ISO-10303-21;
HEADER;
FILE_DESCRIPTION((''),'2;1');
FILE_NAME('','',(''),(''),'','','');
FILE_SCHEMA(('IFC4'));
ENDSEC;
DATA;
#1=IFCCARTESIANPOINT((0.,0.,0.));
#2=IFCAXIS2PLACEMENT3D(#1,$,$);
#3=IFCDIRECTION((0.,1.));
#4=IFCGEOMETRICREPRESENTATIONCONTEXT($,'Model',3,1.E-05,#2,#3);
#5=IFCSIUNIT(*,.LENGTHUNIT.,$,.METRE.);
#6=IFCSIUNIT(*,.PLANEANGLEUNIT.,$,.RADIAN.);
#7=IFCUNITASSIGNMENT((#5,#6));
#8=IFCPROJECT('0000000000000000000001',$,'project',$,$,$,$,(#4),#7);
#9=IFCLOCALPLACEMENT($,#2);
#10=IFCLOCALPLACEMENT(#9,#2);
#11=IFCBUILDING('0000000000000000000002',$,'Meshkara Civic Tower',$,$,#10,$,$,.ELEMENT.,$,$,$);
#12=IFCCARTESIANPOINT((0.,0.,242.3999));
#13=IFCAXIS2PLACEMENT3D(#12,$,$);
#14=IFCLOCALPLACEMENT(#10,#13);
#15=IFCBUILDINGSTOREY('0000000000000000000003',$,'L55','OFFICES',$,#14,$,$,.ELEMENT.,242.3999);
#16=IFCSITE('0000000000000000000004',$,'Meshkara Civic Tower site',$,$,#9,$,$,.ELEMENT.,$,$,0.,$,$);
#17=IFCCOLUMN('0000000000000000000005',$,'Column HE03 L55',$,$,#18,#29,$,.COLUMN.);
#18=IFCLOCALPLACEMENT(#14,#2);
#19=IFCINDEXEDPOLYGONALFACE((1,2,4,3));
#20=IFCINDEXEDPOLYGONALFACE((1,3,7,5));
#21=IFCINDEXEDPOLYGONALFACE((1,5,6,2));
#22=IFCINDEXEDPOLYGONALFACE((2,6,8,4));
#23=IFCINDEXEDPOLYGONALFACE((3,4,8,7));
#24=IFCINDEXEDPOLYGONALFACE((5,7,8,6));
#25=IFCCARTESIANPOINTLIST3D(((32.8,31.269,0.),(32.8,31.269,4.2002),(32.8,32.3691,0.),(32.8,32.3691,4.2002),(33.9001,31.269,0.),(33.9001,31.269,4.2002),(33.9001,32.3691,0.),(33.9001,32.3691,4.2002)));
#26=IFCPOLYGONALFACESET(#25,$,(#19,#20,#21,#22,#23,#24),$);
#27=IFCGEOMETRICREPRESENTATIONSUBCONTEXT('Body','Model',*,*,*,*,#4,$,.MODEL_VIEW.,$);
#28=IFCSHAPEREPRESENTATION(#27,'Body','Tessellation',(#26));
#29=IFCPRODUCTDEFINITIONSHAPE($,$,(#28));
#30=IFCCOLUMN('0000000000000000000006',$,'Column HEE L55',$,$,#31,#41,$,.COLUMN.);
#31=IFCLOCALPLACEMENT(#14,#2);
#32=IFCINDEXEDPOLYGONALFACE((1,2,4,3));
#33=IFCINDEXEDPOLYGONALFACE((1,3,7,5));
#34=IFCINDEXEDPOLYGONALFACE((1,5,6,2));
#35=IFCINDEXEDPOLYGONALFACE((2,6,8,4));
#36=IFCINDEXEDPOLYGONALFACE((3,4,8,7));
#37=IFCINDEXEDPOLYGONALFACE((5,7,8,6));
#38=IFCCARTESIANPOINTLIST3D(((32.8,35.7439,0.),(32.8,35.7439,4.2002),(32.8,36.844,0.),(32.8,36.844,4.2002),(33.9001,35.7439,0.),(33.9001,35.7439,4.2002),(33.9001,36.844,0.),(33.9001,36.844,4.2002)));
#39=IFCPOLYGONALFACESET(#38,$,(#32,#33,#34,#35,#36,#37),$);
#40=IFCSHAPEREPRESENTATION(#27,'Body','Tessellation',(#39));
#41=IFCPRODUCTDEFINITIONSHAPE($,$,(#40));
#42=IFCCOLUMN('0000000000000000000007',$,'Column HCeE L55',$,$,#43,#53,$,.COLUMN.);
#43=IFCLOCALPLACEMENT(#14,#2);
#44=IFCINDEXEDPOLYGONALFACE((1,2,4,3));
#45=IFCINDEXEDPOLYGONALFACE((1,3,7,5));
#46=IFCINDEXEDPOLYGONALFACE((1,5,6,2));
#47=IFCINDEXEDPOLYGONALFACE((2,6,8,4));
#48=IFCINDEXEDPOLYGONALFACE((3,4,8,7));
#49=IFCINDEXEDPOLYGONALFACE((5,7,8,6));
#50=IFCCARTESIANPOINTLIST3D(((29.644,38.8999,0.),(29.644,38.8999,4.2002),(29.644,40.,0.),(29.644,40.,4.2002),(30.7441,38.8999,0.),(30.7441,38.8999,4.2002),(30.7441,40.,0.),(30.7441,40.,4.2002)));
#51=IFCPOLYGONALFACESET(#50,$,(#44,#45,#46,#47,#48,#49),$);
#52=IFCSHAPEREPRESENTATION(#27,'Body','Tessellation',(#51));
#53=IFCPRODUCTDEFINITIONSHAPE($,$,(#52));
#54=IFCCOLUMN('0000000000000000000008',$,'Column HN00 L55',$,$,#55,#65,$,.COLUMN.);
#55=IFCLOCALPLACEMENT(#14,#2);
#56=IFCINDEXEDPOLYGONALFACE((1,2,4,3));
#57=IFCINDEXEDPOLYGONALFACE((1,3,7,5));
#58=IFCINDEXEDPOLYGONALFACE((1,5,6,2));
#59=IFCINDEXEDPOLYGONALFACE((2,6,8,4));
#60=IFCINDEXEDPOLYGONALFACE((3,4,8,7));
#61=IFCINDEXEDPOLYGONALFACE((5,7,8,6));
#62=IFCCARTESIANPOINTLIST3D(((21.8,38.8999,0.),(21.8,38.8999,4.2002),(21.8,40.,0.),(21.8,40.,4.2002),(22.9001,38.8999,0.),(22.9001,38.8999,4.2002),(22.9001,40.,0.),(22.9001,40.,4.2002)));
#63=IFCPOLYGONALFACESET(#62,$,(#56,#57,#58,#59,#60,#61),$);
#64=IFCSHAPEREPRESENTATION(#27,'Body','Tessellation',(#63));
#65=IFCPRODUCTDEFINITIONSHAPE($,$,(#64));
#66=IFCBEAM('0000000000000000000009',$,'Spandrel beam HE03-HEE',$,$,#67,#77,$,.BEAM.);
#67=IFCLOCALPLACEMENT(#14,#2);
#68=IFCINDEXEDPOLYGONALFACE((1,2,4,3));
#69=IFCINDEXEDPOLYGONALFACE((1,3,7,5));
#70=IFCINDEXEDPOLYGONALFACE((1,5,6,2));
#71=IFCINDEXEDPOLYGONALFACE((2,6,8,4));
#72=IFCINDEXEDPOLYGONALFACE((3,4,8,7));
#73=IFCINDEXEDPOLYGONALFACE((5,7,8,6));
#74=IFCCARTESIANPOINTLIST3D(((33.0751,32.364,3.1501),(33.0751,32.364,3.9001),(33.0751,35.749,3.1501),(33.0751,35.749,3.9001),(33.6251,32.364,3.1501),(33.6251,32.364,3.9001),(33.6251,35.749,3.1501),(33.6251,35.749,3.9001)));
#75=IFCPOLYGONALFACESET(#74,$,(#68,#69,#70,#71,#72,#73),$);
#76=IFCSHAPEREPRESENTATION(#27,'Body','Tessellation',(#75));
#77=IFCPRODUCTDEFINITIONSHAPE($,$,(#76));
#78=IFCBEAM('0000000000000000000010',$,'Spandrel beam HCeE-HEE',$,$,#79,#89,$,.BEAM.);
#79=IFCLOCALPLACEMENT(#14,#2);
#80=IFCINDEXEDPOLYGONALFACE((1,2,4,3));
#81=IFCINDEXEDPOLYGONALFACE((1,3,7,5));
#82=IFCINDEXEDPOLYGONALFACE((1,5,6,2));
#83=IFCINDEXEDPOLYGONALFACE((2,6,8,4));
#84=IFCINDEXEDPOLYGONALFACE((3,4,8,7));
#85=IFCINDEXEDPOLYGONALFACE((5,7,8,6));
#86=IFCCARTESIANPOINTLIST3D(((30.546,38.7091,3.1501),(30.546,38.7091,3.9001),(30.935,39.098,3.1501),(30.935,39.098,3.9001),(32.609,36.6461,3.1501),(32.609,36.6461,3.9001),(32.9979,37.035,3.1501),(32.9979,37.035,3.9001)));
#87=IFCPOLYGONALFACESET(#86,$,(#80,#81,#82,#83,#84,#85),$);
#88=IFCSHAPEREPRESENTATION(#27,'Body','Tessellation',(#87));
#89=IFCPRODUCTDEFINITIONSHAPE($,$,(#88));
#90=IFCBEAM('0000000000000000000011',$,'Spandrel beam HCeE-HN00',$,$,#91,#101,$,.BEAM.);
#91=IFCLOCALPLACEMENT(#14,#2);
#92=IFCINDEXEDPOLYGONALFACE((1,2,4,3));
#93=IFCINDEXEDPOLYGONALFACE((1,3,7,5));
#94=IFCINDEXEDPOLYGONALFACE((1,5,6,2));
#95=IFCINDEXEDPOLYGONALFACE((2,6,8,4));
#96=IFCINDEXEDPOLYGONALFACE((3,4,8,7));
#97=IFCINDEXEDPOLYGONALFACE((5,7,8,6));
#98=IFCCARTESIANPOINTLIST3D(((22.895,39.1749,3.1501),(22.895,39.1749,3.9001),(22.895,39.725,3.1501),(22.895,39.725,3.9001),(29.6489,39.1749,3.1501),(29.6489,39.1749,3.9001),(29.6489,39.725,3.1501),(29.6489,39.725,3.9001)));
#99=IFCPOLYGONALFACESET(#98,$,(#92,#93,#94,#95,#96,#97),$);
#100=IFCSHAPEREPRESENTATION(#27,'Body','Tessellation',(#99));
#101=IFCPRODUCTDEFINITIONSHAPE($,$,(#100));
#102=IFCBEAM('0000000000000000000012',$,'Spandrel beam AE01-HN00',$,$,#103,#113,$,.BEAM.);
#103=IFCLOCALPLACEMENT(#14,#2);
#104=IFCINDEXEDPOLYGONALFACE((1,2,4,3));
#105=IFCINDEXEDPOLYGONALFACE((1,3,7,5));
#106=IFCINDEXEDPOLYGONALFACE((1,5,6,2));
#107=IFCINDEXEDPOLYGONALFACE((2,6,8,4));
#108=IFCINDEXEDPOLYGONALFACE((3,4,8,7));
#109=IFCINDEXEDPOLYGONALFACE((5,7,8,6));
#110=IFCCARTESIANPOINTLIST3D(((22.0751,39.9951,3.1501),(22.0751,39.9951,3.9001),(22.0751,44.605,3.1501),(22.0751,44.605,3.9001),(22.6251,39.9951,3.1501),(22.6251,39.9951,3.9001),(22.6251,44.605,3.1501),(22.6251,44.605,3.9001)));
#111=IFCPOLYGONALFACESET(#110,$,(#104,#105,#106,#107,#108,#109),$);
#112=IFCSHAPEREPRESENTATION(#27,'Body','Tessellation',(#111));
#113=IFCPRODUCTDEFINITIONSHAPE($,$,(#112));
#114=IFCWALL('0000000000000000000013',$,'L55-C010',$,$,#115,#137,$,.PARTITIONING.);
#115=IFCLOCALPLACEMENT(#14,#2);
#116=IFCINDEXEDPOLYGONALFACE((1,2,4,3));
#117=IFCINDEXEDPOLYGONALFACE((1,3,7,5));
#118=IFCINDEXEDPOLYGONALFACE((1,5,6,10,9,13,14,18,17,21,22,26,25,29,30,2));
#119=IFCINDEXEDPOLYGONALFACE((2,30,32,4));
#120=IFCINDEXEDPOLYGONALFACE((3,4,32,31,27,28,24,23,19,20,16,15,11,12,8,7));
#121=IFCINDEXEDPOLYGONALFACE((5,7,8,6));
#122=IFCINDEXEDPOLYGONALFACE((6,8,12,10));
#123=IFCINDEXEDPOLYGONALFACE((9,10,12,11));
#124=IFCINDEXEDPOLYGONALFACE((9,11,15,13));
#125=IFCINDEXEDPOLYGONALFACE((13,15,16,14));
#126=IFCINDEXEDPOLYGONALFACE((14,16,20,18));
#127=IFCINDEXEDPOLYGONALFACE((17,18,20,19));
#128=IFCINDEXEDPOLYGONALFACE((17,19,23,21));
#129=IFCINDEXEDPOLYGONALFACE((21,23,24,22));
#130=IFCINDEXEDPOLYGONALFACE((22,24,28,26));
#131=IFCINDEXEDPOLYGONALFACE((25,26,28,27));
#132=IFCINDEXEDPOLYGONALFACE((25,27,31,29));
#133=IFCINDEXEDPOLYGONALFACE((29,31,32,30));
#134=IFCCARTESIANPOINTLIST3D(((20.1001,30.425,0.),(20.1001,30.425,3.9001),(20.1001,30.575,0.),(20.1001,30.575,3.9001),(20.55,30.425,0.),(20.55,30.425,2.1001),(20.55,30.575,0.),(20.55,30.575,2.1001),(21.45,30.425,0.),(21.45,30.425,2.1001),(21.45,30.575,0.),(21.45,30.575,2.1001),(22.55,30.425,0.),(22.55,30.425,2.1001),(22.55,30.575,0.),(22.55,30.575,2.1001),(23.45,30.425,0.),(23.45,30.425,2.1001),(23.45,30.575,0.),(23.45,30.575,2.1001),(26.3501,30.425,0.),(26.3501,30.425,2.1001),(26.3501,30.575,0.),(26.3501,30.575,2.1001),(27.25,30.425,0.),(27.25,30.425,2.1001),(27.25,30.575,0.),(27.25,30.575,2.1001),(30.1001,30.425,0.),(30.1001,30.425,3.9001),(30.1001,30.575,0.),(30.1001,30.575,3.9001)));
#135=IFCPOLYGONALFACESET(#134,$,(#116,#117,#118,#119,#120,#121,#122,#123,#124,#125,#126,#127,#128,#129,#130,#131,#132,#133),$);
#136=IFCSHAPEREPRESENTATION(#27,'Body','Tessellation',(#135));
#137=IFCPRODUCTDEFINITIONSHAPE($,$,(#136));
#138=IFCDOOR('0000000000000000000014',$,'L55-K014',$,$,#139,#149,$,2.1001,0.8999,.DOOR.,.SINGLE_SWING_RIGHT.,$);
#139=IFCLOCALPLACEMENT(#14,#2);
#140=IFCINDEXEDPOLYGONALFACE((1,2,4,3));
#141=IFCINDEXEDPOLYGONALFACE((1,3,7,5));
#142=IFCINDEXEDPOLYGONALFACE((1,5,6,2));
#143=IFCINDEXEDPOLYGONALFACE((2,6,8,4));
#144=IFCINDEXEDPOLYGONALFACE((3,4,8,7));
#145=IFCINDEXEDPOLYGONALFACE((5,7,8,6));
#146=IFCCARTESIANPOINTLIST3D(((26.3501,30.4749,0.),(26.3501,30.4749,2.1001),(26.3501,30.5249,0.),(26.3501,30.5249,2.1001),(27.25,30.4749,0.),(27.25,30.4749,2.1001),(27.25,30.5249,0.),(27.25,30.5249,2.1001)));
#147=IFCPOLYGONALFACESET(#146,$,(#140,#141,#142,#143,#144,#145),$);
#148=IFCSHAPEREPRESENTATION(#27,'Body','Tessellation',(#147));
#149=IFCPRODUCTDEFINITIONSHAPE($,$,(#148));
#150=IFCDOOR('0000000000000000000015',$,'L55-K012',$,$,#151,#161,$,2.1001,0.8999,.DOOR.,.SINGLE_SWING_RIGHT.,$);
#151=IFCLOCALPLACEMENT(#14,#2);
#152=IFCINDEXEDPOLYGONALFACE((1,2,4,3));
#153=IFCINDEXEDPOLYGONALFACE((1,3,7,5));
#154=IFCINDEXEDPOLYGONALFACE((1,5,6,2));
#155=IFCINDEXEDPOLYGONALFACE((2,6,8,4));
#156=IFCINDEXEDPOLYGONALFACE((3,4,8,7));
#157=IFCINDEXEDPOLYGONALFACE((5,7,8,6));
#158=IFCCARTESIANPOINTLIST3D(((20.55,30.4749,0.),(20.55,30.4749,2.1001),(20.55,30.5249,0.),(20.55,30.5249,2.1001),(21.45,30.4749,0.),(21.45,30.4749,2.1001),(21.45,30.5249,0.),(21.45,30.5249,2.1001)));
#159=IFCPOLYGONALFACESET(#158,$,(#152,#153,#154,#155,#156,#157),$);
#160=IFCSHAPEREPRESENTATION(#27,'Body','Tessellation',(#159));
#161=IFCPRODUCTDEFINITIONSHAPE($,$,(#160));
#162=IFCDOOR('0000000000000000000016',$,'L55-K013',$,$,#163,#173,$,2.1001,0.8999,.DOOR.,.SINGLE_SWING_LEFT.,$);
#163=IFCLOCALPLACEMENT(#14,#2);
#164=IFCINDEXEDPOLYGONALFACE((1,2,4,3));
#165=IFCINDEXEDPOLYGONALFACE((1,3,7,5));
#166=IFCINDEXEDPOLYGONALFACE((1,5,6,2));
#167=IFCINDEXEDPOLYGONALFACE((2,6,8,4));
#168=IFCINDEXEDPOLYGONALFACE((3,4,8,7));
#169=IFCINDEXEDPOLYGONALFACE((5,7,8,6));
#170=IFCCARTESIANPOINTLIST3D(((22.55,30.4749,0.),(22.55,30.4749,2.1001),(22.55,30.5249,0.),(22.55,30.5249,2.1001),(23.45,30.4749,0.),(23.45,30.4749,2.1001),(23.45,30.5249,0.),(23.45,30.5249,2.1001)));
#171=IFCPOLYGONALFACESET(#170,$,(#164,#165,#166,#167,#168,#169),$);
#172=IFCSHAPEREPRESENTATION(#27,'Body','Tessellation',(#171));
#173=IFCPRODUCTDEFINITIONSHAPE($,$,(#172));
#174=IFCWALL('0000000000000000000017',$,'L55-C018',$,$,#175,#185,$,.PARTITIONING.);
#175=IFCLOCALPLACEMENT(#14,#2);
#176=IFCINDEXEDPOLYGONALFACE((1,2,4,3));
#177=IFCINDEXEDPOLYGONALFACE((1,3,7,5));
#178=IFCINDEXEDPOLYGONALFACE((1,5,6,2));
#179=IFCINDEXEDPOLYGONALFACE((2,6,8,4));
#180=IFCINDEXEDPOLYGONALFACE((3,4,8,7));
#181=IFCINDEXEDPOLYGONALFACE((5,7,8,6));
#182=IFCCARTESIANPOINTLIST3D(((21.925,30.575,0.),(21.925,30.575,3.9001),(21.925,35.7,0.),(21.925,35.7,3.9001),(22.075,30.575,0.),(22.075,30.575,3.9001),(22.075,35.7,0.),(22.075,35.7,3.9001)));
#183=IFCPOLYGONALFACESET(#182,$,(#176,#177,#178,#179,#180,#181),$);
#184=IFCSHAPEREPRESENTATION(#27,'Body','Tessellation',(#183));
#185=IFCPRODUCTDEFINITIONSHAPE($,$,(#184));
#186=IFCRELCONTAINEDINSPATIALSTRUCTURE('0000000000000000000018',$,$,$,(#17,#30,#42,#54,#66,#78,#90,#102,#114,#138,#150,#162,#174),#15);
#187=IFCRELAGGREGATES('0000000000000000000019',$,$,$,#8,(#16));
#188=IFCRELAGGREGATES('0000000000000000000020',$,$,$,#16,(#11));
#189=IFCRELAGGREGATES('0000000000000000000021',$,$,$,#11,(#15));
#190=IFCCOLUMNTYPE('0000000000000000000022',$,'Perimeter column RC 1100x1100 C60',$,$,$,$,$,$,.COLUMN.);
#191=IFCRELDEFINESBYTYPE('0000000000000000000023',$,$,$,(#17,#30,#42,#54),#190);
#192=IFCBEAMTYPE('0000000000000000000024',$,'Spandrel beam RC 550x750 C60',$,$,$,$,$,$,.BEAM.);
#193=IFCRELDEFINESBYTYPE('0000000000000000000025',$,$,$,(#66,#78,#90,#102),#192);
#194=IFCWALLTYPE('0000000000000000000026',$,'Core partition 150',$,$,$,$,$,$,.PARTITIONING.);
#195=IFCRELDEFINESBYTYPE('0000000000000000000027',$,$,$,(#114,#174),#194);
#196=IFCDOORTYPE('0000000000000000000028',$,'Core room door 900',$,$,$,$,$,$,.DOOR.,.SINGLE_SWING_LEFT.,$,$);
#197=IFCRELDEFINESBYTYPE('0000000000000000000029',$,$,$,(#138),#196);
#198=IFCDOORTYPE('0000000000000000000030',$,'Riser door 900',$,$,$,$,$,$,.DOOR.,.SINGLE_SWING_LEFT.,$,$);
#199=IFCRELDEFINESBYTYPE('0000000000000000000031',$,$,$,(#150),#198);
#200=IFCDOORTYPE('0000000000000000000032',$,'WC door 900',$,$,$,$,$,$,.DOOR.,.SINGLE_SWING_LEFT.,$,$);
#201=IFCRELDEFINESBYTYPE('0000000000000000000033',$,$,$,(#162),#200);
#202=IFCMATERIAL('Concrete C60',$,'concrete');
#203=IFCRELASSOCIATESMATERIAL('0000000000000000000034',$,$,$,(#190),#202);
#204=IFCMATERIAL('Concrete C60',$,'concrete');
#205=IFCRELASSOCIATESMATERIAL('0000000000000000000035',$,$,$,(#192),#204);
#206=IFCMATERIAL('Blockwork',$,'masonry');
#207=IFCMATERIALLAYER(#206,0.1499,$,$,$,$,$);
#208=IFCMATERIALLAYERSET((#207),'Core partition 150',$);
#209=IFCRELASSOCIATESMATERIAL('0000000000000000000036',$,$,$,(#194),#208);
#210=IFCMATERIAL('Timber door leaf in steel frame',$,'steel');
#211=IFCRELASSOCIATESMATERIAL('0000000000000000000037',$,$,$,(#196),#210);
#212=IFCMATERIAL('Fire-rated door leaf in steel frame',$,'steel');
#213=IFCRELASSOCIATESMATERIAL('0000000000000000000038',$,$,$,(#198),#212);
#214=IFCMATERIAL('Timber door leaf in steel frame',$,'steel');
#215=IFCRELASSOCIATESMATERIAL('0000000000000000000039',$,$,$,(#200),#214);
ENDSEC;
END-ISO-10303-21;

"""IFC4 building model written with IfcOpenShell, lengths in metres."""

from ifc_helpers import new_model, si_unit, direction, frame, frame_2d, origin, origin_2d, place, context, subcontext, project, spatial, rectangle, extrude, material, layer, layer_set, material_profile, profile_set, type_object, element, fill, save


model = new_model("IFC4")

# Units and contexts
model_context = context("Model", 3, precision=1e-05, world=origin(), true_north=direction((0.0, 1.0)))
body_context = subcontext(model_context, "Body", "Model", "MODEL_VIEW")
ifc_project = project(units=[si_unit("LENGTHUNIT", "METRE"), si_unit("PLANEANGLEUNIT", "RADIAN")], contexts=[model_context])

# Site, building, storey
site_placement = place(None, origin())
site = spatial("IfcSite", under=ifc_project, at=site_placement, Name="Meshkara Civic Tower site", CompositionType="ELEMENT", RefElevation=0.0)
building_placement = place(site_placement, origin())
building = spatial("IfcBuilding", under=site, at=building_placement, Name="Meshkara Civic Tower", CompositionType="ELEMENT")
storey_placement = place(building_placement, frame((0.0, 0.0, 242.3999)))
storey = spatial("IfcBuildingStorey", under=building, at=storey_placement, Name="L55", Description="OFFICES", CompositionType="ELEMENT", Elevation=242.3999)

# Columns
ifc_material_1 = material(Name="Concrete C60", Category="concrete")
ifc_material_profile_1 = material_profile(ifc_material_1, rectangle(XDim=1.1001, YDim=1.1001, at=origin_2d()))
ifc_profile_set_1 = profile_set([ifc_material_profile_1], Name="Concrete C60")
column_type = type_object("IfcColumnType", Name="Perimeter column RC 1100x1100 C60", PredefinedType="COLUMN", material=ifc_profile_set_1)
for number, where, z_axis, x_axis, name in (
    (1, (33.3501, 31.8191, 0.0), (0.0, 0.0, 1.0), (1.0, 0.0, 0.0), "Column HE03 L55"),
    (2, (33.3501, 36.2939, 0.0), (0.0, 0.0, 1.0), (1.0, 0.0, 0.0), "Column HEE L55"),
    (3, (30.1941, 39.45, 0.0), (0.0, 0.0, 1.0), (1.0, 0.0, 0.0), "Column HCeE L55"),
    (4, (22.3501, 39.45, 0.0), (0.0, 0.0, 1.0), (1.0, 0.0, 0.0), "Column HN00 L55"),
):
    element("IfcColumn", number, at=place(storey_placement, frame(where, z_axis=z_axis, x_axis=x_axis)), inside=storey, type_object=column_type, Name=name, PredefinedType="COLUMN", context=body_context, shape_type="SweptSolid", body=[
        extrude(rectangle(XDim=1.1001, YDim=1.1001, at=origin_2d()), origin(), (0.0, 0.0, 1.0), 4.2002),
    ])

# Beams
ifc_material_2 = material(Name="Concrete C60", Category="concrete")
ifc_material_profile_2 = material_profile(ifc_material_2, rectangle(XDim=0.55, YDim=0.75, at=origin_2d()))
ifc_profile_set_2 = profile_set([ifc_material_profile_2], Name="Concrete C60")
beam_type = type_object("IfcBeamType", Name="Spandrel beam RC 550x750 C60", PredefinedType="BEAM", material=ifc_profile_set_2)
beam_1_placement = place(storey_placement, frame((33.3501, 32.364, 3.5251), z_axis=(0.0, 1.0, 0.0), x_axis=(-1.0, 0.0, 0.0)))
element("IfcBeam", 5, at=beam_1_placement, inside=storey, type_object=beam_type, Name="Spandrel beam HE03-HEE", PredefinedType="BEAM", context=body_context, shape_type="SweptSolid", body=[
    extrude(rectangle(XDim=0.55, YDim=0.75, at=origin_2d()), origin(), (0.0, 0.0, 1.0), 3.385),
])
beam_2_placement = place(storey_placement, frame((32.8035, 36.8406, 3.5251), z_axis=(-0.707107, 0.707107, 0.0), x_axis=(-0.707107, -0.707107, 0.0)))
element("IfcBeam", 6, at=beam_2_placement, inside=storey, type_object=beam_type, Name="Spandrel beam HCeE-HEE", PredefinedType="BEAM", context=body_context, shape_type="SweptSolid", body=[
    extrude(rectangle(XDim=0.55, YDim=0.75, at=origin_2d()), origin(), (0.0, 0.0, 1.0), 2.9175),
])
beam_3_placement = place(storey_placement, frame((29.6489, 39.45, 3.5251), z_axis=(-1.0, 0.0, 0.0), x_axis=(0.0, -1.0, 0.0)))
element("IfcBeam", 7, at=beam_3_placement, inside=storey, type_object=beam_type, Name="Spandrel beam HCeE-HN00", PredefinedType="BEAM", context=body_context, shape_type="SweptSolid", body=[
    extrude(rectangle(XDim=0.55, YDim=0.75, at=origin_2d()), origin(), (0.0, 0.0, 1.0), 6.7539),
])
beam_4_placement = place(storey_placement, frame((22.3501, 39.9951, 3.5251), z_axis=(0.0, 1.0, 0.0), x_axis=(-1.0, 0.0, 0.0)))
element("IfcBeam", 8, at=beam_4_placement, inside=storey, type_object=beam_type, Name="Spandrel beam AE01-HN00", PredefinedType="BEAM", context=body_context, shape_type="SweptSolid", body=[
    extrude(rectangle(XDim=0.55, YDim=0.75, at=origin_2d()), origin(), (0.0, 0.0, 1.0), 4.6099),
])

# Wall, openings, doors
ifc_material_3 = material(Name="Blockwork", Category="masonry")
ifc_layer_1 = layer(ifc_material_3, 0.1499)
ifc_layer_set_1 = layer_set([ifc_layer_1], Name="Core partition 150")
wall_type_1 = type_object("IfcWallType", Name="Core partition 150", PredefinedType="PARTITIONING", material=ifc_layer_set_1)
wall_1_placement = place(storey_placement, frame((20.1001, 30.5, 0.0), z_axis=(0.0, 0.0, 1.0), x_axis=(1.0, 0.0, 0.0)))
wall_1 = element("IfcWall", 9, at=wall_1_placement, inside=storey, type_object=wall_type_1, Name="L55-C010", PredefinedType="PARTITIONING", context=body_context, shape_type="SweptSolid", body=[
    extrude(rectangle(XDim=10.0, YDim=0.1499, at=frame_2d((5.0, 0.0))), origin(), (0.0, 0.0, 1.0), 3.9001),
])
opening_1_placement = place(wall_1_placement, frame((0.45, 0.0, 0.0)))
opening_1 = element("IfcOpeningElement", 10, at=opening_1_placement, cuts=wall_1, PredefinedType="OPENING", context=body_context, shape_type="SweptSolid", body=[
    extrude(rectangle(XDim=0.8999, YDim=2.1001, at=frame_2d((0.45, 1.05))), frame((0.0, 0.085, 0.0), z_axis=(0.0, -1.0, 0.0), x_axis=(1.0, 0.0, 0.0)), (0.0, 0.0, 1.0), 0.1699),
])
opening_2_placement = place(wall_1_placement, frame((2.45, 0.0, 0.0)))
opening_2 = element("IfcOpeningElement", 11, at=opening_2_placement, cuts=wall_1, PredefinedType="OPENING", context=body_context, shape_type="SweptSolid", body=[
    extrude(rectangle(XDim=0.8999, YDim=2.1001, at=frame_2d((0.45, 1.05))), frame((0.0, 0.085, 0.0), z_axis=(0.0, -1.0, 0.0), x_axis=(1.0, 0.0, 0.0)), (0.0, 0.0, 1.0), 0.1699),
])
opening_3_placement = place(wall_1_placement, frame((6.25, 0.0, 0.0)))
opening_3 = element("IfcOpeningElement", 12, at=opening_3_placement, cuts=wall_1, PredefinedType="OPENING", context=body_context, shape_type="SweptSolid", body=[
    extrude(rectangle(XDim=0.8999, YDim=2.1001, at=frame_2d((0.45, 1.05))), frame((0.0, 0.085, 0.0), z_axis=(0.0, -1.0, 0.0), x_axis=(1.0, 0.0, 0.0)), (0.0, 0.0, 1.0), 0.1699),
])
ifc_material_4 = material(Name="Timber door leaf in steel frame", Category="steel")
door_type_1 = type_object("IfcDoorType", Name="Core room door 900", OperationType="SINGLE_SWING_LEFT", PredefinedType="DOOR", material=ifc_material_4)
door_1_placement = place(opening_3_placement, origin())
door_1 = element("IfcDoor", 13, at=door_1_placement, inside=storey, type_object=door_type_1, Name="L55-K014", OperationType="SINGLE_SWING_RIGHT", OverallHeight=2.1001, OverallWidth=0.8999, PredefinedType="DOOR", context=body_context, shape_type="SweptSolid", body=[
    extrude(rectangle(XDim=0.8999, YDim=2.1001, at=frame_2d((0.45, 1.05))), frame((0.0, 0.0249, 0.0), z_axis=(0.0, -1.0, 0.0), x_axis=(1.0, 0.0, 0.0)), (0.0, 0.0, 1.0), 0.05),
])
fill(opening_3, door_1)
ifc_material_5 = material(Name="Fire-rated door leaf in steel frame", Category="steel")
door_type_2 = type_object("IfcDoorType", Name="Riser door 900", OperationType="SINGLE_SWING_LEFT", PredefinedType="DOOR", material=ifc_material_5)
door_2_placement = place(opening_1_placement, origin())
door_2 = element("IfcDoor", 14, at=door_2_placement, inside=storey, type_object=door_type_2, Name="L55-K012", OperationType="SINGLE_SWING_RIGHT", OverallHeight=2.1001, OverallWidth=0.8999, PredefinedType="DOOR", context=body_context, shape_type="SweptSolid", body=[
    extrude(rectangle(XDim=0.8999, YDim=2.1001, at=frame_2d((0.45, 1.05))), frame((0.0, 0.0249, 0.0), z_axis=(0.0, -1.0, 0.0), x_axis=(1.0, 0.0, 0.0)), (0.0, 0.0, 1.0), 0.05),
])
fill(opening_1, door_2)
ifc_material_6 = material(Name="Timber door leaf in steel frame", Category="steel")
door_type_3 = type_object("IfcDoorType", Name="WC door 900", OperationType="SINGLE_SWING_LEFT", PredefinedType="DOOR", material=ifc_material_6)
door_3_placement = place(opening_2_placement, origin())
door_3 = element("IfcDoor", 15, at=door_3_placement, inside=storey, type_object=door_type_3, Name="L55-K013", OperationType="SINGLE_SWING_LEFT", OverallHeight=2.1001, OverallWidth=0.8999, PredefinedType="DOOR", context=body_context, shape_type="SweptSolid", body=[
    extrude(rectangle(XDim=0.8999, YDim=2.1001, at=frame_2d((0.45, 1.05))), frame((0.0, 0.0249, 0.0), z_axis=(0.0, -1.0, 0.0), x_axis=(1.0, 0.0, 0.0)), (0.0, 0.0, 1.0), 0.05),
])
fill(opening_2, door_3)

# Wall
for number, where, z_axis, x_axis, name in (
    (16, (22.0, 30.575, 0.0), (0.0, 0.0, 1.0), (0.0, 1.0, 0.0), "L55-C018"),
):
    element("IfcWall", number, at=place(storey_placement, frame(where, z_axis=z_axis, x_axis=x_axis)), inside=storey, type_object=wall_type_1, Name=name, PredefinedType="PARTITIONING", context=body_context, shape_type="SweptSolid", body=[
        extrude(rectangle(XDim=5.125, YDim=0.1499, at=frame_2d((2.5625, 0.0))), origin(), (0.0, 0.0, 1.0), 3.9001),
    ])

save(model, "model.ifc")
